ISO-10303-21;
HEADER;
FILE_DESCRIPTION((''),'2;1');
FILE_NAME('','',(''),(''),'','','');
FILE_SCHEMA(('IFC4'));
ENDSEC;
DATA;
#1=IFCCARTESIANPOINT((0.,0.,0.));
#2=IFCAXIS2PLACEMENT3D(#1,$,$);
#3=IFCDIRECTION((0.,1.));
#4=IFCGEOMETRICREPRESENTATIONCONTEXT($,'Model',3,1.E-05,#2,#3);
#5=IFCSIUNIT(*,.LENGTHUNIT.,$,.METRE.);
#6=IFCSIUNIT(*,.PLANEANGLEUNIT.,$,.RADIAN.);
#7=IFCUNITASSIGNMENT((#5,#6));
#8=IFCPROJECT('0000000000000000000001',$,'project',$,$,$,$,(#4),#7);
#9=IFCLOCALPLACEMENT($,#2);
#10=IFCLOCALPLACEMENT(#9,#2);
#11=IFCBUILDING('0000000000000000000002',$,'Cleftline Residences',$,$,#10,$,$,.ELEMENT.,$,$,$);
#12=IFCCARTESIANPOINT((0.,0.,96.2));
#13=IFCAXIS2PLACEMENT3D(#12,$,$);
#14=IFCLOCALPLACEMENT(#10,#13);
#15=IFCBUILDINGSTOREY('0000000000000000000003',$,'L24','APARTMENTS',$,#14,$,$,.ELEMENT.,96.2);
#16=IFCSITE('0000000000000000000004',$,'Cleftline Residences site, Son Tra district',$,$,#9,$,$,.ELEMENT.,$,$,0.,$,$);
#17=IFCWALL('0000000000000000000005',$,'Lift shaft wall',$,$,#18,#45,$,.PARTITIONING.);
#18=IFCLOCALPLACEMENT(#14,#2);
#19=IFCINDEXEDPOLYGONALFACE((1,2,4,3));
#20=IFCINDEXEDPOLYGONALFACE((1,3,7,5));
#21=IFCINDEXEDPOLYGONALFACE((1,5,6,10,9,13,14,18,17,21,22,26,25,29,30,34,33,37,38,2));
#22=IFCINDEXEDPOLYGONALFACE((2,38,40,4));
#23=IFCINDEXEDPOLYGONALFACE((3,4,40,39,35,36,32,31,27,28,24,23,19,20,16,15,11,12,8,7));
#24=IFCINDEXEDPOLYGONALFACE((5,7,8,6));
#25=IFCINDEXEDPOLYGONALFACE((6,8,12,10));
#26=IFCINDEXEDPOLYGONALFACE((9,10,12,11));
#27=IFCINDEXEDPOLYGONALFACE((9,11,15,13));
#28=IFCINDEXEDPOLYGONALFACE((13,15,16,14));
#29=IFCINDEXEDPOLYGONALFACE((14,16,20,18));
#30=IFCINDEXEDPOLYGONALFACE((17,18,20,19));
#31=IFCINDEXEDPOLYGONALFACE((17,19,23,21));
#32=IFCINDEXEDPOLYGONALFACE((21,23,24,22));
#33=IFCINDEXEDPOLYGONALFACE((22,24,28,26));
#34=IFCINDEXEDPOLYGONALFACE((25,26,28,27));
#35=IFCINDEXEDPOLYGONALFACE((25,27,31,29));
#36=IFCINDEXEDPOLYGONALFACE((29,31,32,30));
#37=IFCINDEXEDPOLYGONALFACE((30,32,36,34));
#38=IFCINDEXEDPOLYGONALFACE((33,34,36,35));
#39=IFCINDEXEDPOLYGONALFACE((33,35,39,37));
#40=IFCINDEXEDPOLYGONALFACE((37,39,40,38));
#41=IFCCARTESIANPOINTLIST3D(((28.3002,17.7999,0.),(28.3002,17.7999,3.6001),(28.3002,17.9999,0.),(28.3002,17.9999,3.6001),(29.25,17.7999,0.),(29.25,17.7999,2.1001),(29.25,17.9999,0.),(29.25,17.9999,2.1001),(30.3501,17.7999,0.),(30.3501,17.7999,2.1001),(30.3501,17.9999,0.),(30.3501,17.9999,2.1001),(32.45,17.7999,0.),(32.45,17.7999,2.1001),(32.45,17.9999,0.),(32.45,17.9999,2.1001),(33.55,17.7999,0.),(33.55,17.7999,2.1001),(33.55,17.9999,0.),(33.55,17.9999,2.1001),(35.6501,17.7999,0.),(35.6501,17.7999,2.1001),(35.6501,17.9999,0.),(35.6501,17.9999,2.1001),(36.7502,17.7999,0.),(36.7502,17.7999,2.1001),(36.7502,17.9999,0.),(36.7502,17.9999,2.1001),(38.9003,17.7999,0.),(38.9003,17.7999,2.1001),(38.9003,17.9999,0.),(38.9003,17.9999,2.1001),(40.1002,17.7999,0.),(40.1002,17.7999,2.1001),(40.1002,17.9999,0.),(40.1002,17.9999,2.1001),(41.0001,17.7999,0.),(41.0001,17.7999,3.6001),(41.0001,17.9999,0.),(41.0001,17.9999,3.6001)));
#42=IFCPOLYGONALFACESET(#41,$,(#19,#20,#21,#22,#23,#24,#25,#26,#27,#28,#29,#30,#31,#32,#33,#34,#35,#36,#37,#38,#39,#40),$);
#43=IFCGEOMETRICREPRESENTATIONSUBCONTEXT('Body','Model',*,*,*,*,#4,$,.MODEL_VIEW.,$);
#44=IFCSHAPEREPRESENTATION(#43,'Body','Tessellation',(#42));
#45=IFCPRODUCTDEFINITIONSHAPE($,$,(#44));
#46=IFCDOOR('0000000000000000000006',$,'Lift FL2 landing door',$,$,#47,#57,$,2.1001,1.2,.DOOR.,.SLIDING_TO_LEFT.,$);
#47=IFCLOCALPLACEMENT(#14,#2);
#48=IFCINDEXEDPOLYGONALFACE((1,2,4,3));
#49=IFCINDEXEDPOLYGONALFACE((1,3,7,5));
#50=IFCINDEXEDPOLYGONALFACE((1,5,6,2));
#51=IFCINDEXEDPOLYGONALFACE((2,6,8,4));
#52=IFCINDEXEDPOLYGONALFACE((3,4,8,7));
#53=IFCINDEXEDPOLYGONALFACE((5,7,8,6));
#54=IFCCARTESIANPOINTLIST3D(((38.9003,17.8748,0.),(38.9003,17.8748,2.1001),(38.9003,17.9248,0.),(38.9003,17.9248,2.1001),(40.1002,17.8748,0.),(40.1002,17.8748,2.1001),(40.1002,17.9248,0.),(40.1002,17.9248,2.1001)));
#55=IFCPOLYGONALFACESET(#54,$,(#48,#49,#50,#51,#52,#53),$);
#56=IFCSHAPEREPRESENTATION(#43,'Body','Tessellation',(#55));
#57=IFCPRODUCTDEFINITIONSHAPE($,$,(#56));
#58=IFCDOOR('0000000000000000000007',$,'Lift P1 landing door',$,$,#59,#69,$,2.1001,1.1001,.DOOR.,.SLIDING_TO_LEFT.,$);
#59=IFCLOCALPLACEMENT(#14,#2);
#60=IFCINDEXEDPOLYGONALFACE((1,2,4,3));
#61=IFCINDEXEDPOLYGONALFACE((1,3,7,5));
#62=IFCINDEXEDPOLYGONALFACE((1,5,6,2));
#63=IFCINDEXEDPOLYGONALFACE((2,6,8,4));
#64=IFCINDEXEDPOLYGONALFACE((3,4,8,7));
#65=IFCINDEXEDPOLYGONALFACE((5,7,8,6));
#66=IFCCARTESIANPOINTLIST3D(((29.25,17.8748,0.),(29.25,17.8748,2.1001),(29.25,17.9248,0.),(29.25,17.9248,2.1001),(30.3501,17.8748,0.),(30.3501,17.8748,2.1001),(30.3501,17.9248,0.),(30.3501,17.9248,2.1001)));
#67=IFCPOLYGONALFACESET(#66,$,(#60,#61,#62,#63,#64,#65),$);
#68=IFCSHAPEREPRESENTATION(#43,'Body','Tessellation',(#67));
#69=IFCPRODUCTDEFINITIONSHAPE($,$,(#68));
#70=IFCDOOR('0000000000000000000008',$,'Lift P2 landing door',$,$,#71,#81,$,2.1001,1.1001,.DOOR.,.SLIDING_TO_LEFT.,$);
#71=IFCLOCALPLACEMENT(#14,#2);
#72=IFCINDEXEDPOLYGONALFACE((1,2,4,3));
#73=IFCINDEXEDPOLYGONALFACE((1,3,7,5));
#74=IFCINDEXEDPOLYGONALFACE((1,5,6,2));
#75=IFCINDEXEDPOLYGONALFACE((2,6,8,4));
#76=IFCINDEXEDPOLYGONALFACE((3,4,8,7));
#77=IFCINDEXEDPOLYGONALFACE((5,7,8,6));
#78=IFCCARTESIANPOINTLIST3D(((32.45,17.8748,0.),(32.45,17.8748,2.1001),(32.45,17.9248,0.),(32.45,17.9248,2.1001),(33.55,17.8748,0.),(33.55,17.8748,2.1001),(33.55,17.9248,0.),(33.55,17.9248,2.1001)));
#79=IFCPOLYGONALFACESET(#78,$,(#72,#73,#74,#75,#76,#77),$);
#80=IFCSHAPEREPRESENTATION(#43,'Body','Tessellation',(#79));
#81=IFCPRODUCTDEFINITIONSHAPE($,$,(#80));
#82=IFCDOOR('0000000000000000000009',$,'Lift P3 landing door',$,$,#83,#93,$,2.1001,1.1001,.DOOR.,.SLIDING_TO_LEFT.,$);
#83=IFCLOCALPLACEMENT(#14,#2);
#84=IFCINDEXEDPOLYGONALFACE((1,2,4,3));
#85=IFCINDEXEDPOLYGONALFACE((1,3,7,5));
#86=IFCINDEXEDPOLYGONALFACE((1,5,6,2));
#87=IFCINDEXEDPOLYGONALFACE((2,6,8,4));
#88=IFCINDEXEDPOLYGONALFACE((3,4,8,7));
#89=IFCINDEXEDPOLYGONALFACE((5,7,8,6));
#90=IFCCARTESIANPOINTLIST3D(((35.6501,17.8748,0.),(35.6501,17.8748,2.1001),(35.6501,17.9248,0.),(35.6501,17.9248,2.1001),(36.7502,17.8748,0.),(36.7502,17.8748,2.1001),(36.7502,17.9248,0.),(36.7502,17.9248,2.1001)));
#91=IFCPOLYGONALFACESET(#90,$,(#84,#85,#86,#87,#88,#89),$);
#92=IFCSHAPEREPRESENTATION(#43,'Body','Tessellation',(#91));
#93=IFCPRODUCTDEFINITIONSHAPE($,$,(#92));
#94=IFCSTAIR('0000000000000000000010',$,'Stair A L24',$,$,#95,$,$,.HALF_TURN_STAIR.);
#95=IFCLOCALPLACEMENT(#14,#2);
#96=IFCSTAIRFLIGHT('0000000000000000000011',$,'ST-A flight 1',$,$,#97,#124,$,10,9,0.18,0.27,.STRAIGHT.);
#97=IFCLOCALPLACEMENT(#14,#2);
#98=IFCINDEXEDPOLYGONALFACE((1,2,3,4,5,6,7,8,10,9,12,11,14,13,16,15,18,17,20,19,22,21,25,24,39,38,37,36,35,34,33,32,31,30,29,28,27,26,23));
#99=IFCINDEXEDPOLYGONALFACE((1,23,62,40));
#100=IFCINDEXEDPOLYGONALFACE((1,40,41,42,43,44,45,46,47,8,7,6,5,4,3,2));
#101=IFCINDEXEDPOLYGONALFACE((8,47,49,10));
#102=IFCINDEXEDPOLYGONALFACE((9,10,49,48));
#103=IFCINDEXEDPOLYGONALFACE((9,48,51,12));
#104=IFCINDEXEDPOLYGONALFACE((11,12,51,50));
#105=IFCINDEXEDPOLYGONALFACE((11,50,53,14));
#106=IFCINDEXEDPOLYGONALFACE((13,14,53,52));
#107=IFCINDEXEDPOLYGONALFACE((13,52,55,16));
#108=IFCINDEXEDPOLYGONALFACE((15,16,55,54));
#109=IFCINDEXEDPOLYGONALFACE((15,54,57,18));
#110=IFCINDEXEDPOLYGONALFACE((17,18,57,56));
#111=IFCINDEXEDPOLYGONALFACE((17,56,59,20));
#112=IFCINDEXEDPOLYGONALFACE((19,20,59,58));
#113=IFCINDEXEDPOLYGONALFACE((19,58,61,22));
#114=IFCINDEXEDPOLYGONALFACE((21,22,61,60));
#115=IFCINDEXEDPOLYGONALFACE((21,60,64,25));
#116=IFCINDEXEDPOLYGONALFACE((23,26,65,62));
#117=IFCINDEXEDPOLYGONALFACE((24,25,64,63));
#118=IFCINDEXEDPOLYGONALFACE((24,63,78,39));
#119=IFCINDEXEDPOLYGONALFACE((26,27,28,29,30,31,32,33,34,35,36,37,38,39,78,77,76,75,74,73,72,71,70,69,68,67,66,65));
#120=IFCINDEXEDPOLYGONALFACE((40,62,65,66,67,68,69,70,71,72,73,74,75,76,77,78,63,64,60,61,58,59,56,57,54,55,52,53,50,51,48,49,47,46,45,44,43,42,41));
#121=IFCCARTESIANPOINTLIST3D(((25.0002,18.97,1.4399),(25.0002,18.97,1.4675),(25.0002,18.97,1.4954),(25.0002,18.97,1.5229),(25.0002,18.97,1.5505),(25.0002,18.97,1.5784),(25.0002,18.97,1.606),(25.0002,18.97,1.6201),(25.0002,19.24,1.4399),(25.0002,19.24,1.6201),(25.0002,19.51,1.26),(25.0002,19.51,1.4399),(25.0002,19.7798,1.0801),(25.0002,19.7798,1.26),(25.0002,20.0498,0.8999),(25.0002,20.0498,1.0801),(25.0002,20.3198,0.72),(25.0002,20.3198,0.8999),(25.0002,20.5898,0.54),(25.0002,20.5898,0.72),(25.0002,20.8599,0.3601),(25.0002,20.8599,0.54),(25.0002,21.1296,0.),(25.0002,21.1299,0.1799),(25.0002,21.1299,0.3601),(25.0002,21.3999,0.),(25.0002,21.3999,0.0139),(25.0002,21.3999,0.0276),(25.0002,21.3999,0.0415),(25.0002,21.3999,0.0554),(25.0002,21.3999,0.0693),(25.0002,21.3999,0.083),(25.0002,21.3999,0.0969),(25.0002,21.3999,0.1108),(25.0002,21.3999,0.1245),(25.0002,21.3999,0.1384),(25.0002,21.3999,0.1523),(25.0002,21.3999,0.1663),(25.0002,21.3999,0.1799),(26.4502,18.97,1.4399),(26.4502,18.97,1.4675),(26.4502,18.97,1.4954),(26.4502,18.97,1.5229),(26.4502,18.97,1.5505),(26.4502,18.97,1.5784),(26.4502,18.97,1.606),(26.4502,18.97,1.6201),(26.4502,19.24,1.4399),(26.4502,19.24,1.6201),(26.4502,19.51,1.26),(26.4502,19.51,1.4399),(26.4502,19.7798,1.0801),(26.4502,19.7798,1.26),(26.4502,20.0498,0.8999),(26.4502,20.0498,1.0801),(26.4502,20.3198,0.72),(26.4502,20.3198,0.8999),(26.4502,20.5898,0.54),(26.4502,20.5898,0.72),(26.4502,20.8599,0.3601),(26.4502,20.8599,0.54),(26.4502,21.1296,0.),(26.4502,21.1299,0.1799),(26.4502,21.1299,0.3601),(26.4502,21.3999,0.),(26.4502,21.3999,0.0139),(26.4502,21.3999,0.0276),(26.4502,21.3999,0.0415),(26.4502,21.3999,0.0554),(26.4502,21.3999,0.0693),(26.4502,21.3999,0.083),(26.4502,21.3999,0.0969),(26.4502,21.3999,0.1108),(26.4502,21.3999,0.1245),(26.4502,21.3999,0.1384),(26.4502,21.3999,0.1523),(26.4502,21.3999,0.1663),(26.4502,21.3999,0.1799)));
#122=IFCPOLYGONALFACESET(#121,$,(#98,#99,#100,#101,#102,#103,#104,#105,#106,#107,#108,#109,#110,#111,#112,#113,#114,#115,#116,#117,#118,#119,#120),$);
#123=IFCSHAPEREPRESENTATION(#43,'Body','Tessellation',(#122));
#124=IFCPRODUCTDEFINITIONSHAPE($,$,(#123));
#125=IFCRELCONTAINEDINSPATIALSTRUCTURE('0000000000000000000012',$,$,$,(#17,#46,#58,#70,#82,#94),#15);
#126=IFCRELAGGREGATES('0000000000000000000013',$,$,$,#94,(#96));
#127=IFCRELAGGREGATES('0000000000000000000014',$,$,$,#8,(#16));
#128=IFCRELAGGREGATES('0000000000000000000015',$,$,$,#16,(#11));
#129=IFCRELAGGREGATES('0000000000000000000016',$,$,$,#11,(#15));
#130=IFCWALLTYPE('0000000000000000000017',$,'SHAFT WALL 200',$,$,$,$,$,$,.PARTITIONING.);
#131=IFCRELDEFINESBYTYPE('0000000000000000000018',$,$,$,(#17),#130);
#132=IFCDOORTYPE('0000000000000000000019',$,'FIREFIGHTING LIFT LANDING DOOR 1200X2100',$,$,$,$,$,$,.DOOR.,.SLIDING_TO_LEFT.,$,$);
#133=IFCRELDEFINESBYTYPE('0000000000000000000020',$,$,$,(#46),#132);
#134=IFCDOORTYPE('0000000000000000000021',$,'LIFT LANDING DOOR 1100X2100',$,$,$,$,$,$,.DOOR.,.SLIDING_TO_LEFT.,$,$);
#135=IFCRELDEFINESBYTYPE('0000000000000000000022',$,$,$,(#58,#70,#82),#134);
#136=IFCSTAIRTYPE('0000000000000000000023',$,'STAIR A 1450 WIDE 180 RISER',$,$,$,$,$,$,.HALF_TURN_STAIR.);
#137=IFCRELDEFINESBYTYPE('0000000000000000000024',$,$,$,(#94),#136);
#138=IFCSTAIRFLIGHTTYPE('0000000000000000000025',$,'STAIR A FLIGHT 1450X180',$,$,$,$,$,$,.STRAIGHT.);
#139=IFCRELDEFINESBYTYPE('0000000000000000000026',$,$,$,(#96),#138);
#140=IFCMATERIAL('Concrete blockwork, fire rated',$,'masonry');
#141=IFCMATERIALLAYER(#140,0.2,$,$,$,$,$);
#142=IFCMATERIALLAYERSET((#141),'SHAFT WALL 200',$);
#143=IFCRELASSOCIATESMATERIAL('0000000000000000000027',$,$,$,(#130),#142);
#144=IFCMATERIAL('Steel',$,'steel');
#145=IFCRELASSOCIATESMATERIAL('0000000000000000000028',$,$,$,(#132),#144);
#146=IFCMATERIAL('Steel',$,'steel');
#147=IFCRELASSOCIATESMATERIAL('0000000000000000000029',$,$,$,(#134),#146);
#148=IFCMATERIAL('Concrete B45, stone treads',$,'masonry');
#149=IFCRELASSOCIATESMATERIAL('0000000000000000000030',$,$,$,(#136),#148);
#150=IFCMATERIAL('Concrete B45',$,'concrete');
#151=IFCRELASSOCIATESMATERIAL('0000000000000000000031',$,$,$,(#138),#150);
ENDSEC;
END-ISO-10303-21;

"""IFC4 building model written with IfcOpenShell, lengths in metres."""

from ifc_helpers import new_model, si_unit, direction, frame, frame_2d, origin, place, context, subcontext, project, spatial, polyline, rectangle, outline, extrude, material, layer, layer_set, type_object, element, fill, aggregate, save


model = new_model("IFC4")

# Units and contexts
model_context = context("Model", 3, precision=1e-05, world=origin(), true_north=direction((0.0, 1.0)))
body_context = subcontext(model_context, "Body", "Model", "MODEL_VIEW")
ifc_project = project(units=[si_unit("LENGTHUNIT", "METRE"), si_unit("PLANEANGLEUNIT", "RADIAN")], contexts=[model_context])

# Site, building, storey
site_placement = place(None, origin())
site = spatial("IfcSite", under=ifc_project, at=site_placement, Name="Cleftline Residences site, Son Tra district", CompositionType="ELEMENT", RefElevation=0.0)
building_placement = place(site_placement, origin())
building = spatial("IfcBuilding", under=site, at=building_placement, Name="Cleftline Residences", CompositionType="ELEMENT")
storey_placement = place(building_placement, frame((0.0, 0.0, 96.2)))
storey = spatial("IfcBuildingStorey", under=building, at=storey_placement, Name="L24", Description="APARTMENTS", CompositionType="ELEMENT", Elevation=96.2)

# Wall, openings, doors
ifc_material_1 = material(Name="Concrete blockwork, fire rated", Category="masonry")
ifc_layer_1 = layer(ifc_material_1, 0.2)
ifc_layer_set_1 = layer_set([ifc_layer_1], Name="SHAFT WALL 200")
wall_type_1 = type_object("IfcWallType", Name="SHAFT WALL 200", PredefinedType="PARTITIONING", material=ifc_layer_set_1)
wall_1_placement = place(storey_placement, frame((28.3, 17.8999, 0.0), z_axis=(0.0, 0.0, 1.0), x_axis=(1.0, 0.0, 0.0)))
wall_1 = element("IfcWall", 1, at=wall_1_placement, inside=storey, type_object=wall_type_1, Name="Lift shaft wall", PredefinedType="PARTITIONING", context=body_context, shape_type="SweptSolid", body=[
    extrude(rectangle(XDim=12.7, YDim=0.2, at=frame_2d((6.3501, 0.0))), origin(), (0.0, 0.0, 1.0), 3.6001),
])
opening_1_placement = place(wall_1_placement, frame((0.95, 0.0, 0.0)))
opening_1 = element("IfcOpeningElement", 2, at=opening_1_placement, cuts=wall_1, PredefinedType="OPENING", context=body_context, shape_type="SweptSolid", body=[
    extrude(rectangle(XDim=1.1001, YDim=2.1001, at=frame_2d((0.55, 1.05))), frame((0.0, 0.1099, 0.0), z_axis=(0.0, -1.0, 0.0), x_axis=(1.0, 0.0, 0.0)), (0.0, 0.0, 1.0), 0.22),
])
opening_2_placement = place(wall_1_placement, frame((4.1499, 0.0, 0.0)))
opening_2 = element("IfcOpeningElement", 3, at=opening_2_placement, cuts=wall_1, PredefinedType="OPENING", context=body_context, shape_type="SweptSolid", body=[
    extrude(rectangle(XDim=1.1001, YDim=2.1001, at=frame_2d((0.55, 1.05))), frame((0.0, 0.1099, 0.0), z_axis=(0.0, -1.0, 0.0), x_axis=(1.0, 0.0, 0.0)), (0.0, 0.0, 1.0), 0.22),
])
opening_3_placement = place(wall_1_placement, frame((7.3501, 0.0, 0.0)))
opening_3 = element("IfcOpeningElement", 4, at=opening_3_placement, cuts=wall_1, PredefinedType="OPENING", context=body_context, shape_type="SweptSolid", body=[
    extrude(rectangle(XDim=1.1001, YDim=2.1001, at=frame_2d((0.55, 1.05))), frame((0.0, 0.1099, 0.0), z_axis=(0.0, -1.0, 0.0), x_axis=(1.0, 0.0, 0.0)), (0.0, 0.0, 1.0), 0.22),
])
opening_4_placement = place(wall_1_placement, frame((10.6001, 0.0, 0.0)))
opening_4 = element("IfcOpeningElement", 5, at=opening_4_placement, cuts=wall_1, PredefinedType="OPENING", context=body_context, shape_type="SweptSolid", body=[
    extrude(rectangle(XDim=1.2, YDim=2.1001, at=frame_2d((0.6001, 1.05))), frame((0.0, 0.1099, 0.0), z_axis=(0.0, -1.0, 0.0), x_axis=(1.0, 0.0, 0.0)), (0.0, 0.0, 1.0), 0.22),
])
ifc_material_2 = material(Name="Steel", Category="steel")
door_type_1 = type_object("IfcDoorType", Name="FIREFIGHTING LIFT LANDING DOOR 1200X2100", OperationType="SLIDING_TO_LEFT", PredefinedType="DOOR", material=ifc_material_2)
door_1_placement = place(opening_4_placement, origin())
door_1 = element("IfcDoor", 6, at=door_1_placement, inside=storey, type_object=door_type_1, Name="Lift FL2 landing door", OperationType="SLIDING_TO_LEFT", OverallHeight=2.1001, OverallWidth=1.2, PredefinedType="DOOR", context=body_context, shape_type="SweptSolid", body=[
    extrude(rectangle(XDim=1.2, YDim=2.1001, at=frame_2d((0.6001, 1.05))), frame((0.0, 0.0249, 0.0), z_axis=(0.0, -1.0, 0.0), x_axis=(1.0, 0.0, 0.0)), (0.0, 0.0, 1.0), 0.05),
])
fill(opening_4, door_1)
ifc_material_3 = material(Name="Steel", Category="steel")
door_type_2 = type_object("IfcDoorType", Name="LIFT LANDING DOOR 1100X2100", OperationType="SLIDING_TO_LEFT", PredefinedType="DOOR", material=ifc_material_3)
door_2_placement = place(opening_1_placement, origin())
door_2 = element("IfcDoor", 7, at=door_2_placement, inside=storey, type_object=door_type_2, Name="Lift P1 landing door", OperationType="SLIDING_TO_LEFT", OverallHeight=2.1001, OverallWidth=1.1001, PredefinedType="DOOR", context=body_context, shape_type="SweptSolid", body=[
    extrude(rectangle(XDim=1.1001, YDim=2.1001, at=frame_2d((0.55, 1.05))), frame((0.0, 0.0249, 0.0), z_axis=(0.0, -1.0, 0.0), x_axis=(1.0, 0.0, 0.0)), (0.0, 0.0, 1.0), 0.05),
])
fill(opening_1, door_2)
door_3_placement = place(opening_2_placement, origin())
door_3 = element("IfcDoor", 8, at=door_3_placement, inside=storey, type_object=door_type_2, Name="Lift P2 landing door", OperationType="SLIDING_TO_LEFT", OverallHeight=2.1001, OverallWidth=1.1001, PredefinedType="DOOR", context=body_context, shape_type="SweptSolid", body=[
    extrude(rectangle(XDim=1.1001, YDim=2.1001, at=frame_2d((0.55, 1.05))), frame((0.0, 0.0249, 0.0), z_axis=(0.0, -1.0, 0.0), x_axis=(1.0, 0.0, 0.0)), (0.0, 0.0, 1.0), 0.05),
])
fill(opening_2, door_3)
door_4_placement = place(opening_3_placement, origin())
door_4 = element("IfcDoor", 9, at=door_4_placement, inside=storey, type_object=door_type_2, Name="Lift P3 landing door", OperationType="SLIDING_TO_LEFT", OverallHeight=2.1001, OverallWidth=1.1001, PredefinedType="DOOR", context=body_context, shape_type="SweptSolid", body=[
    extrude(rectangle(XDim=1.1001, YDim=2.1001, at=frame_2d((0.55, 1.05))), frame((0.0, 0.0249, 0.0), z_axis=(0.0, -1.0, 0.0), x_axis=(1.0, 0.0, 0.0)), (0.0, 0.0, 1.0), 0.05),
])
fill(opening_3, door_4)

# Stair, stair flight
ifc_material_4 = material(Name="Concrete B45, stone treads", Category="masonry")
stair_type = type_object("IfcStairType", Name="STAIR A 1450 WIDE 180 RISER", PredefinedType="HALF_TURN_STAIR", material=ifc_material_4)
stair_placement = place(storey_placement, origin())
stair = element("IfcStair", 10, at=stair_placement, inside=storey, type_object=stair_type, Name="Stair A L24", PredefinedType="HALF_TURN_STAIR")
ifc_material_5 = material(Name="Concrete B45", Category="concrete")
stair_flight_type = type_object("IfcStairFlightType", Name="STAIR A FLIGHT 1450X180", PredefinedType="STRAIGHT", material=ifc_material_5)
stair_flight_1_placement = place(storey_placement, frame((25.7251, 21.3999, 0.0), z_axis=(0.0, 0.0, 1.0), x_axis=(0.0, -1.0, 0.0)))
stair_flight_1 = element("IfcStairFlight", 11, at=stair_flight_1_placement, type_object=stair_flight_type, Name="ST-A flight 1", NumberOfRisers=10, NumberOfTreads=9, PredefinedType="STRAIGHT", RiserHeight=0.18, TreadLength=0.27, context=body_context, shape_type="SweptSolid", body=[
    extrude(outline(polyline([(0.0, 0.0), (0.0, 0.0139), (0.0, 0.0276), (0.0, 0.0415), (0.0, 0.0554), (0.0, 0.0693), (0.0, 0.083), (0.0, 0.0969), (0.0, 0.1108), (0.0, 0.1245), (0.0, 0.1384), (0.0, 0.1523), (0.0, 0.1663), (0.0, 0.1799), (0.27, 0.1799), (0.27, 0.3601), (0.54, 0.3601), (0.54, 0.54), (0.8101, 0.54), (0.8101, 0.72), (1.0801, 0.72), (1.0801, 0.8999), (1.3501, 0.8999), (1.3501, 1.0801), (1.6201, 1.0801), (1.6201, 1.26), (1.8899, 1.26), (1.8899, 1.4399), (2.1599, 1.4399), (2.1599, 1.6201), (2.4299, 1.6201), (2.4299, 1.8), (2.4299, 1.7722), (2.4299, 1.7446), (2.4299, 1.7168), (2.4299, 1.6892), (2.4299, 1.6614), (2.4299, 1.6338), (2.4299, 1.606), (2.4299, 1.5784), (2.4299, 1.5505), (2.4299, 1.5229), (2.4299, 1.4954), (2.4299, 1.4675), (2.4299, 1.4399), (0.2703, 0.0), (0.0, 0.0)])), frame((0.0, 0.7251, 0.0), z_axis=(0.0, -1.0, 0.0), x_axis=(1.0, 0.0, 0.0)), (0.0, 0.0, 1.0), 1.45),
])
aggregate(stair, [stair_flight_1])

save(model, "model.ifc")
